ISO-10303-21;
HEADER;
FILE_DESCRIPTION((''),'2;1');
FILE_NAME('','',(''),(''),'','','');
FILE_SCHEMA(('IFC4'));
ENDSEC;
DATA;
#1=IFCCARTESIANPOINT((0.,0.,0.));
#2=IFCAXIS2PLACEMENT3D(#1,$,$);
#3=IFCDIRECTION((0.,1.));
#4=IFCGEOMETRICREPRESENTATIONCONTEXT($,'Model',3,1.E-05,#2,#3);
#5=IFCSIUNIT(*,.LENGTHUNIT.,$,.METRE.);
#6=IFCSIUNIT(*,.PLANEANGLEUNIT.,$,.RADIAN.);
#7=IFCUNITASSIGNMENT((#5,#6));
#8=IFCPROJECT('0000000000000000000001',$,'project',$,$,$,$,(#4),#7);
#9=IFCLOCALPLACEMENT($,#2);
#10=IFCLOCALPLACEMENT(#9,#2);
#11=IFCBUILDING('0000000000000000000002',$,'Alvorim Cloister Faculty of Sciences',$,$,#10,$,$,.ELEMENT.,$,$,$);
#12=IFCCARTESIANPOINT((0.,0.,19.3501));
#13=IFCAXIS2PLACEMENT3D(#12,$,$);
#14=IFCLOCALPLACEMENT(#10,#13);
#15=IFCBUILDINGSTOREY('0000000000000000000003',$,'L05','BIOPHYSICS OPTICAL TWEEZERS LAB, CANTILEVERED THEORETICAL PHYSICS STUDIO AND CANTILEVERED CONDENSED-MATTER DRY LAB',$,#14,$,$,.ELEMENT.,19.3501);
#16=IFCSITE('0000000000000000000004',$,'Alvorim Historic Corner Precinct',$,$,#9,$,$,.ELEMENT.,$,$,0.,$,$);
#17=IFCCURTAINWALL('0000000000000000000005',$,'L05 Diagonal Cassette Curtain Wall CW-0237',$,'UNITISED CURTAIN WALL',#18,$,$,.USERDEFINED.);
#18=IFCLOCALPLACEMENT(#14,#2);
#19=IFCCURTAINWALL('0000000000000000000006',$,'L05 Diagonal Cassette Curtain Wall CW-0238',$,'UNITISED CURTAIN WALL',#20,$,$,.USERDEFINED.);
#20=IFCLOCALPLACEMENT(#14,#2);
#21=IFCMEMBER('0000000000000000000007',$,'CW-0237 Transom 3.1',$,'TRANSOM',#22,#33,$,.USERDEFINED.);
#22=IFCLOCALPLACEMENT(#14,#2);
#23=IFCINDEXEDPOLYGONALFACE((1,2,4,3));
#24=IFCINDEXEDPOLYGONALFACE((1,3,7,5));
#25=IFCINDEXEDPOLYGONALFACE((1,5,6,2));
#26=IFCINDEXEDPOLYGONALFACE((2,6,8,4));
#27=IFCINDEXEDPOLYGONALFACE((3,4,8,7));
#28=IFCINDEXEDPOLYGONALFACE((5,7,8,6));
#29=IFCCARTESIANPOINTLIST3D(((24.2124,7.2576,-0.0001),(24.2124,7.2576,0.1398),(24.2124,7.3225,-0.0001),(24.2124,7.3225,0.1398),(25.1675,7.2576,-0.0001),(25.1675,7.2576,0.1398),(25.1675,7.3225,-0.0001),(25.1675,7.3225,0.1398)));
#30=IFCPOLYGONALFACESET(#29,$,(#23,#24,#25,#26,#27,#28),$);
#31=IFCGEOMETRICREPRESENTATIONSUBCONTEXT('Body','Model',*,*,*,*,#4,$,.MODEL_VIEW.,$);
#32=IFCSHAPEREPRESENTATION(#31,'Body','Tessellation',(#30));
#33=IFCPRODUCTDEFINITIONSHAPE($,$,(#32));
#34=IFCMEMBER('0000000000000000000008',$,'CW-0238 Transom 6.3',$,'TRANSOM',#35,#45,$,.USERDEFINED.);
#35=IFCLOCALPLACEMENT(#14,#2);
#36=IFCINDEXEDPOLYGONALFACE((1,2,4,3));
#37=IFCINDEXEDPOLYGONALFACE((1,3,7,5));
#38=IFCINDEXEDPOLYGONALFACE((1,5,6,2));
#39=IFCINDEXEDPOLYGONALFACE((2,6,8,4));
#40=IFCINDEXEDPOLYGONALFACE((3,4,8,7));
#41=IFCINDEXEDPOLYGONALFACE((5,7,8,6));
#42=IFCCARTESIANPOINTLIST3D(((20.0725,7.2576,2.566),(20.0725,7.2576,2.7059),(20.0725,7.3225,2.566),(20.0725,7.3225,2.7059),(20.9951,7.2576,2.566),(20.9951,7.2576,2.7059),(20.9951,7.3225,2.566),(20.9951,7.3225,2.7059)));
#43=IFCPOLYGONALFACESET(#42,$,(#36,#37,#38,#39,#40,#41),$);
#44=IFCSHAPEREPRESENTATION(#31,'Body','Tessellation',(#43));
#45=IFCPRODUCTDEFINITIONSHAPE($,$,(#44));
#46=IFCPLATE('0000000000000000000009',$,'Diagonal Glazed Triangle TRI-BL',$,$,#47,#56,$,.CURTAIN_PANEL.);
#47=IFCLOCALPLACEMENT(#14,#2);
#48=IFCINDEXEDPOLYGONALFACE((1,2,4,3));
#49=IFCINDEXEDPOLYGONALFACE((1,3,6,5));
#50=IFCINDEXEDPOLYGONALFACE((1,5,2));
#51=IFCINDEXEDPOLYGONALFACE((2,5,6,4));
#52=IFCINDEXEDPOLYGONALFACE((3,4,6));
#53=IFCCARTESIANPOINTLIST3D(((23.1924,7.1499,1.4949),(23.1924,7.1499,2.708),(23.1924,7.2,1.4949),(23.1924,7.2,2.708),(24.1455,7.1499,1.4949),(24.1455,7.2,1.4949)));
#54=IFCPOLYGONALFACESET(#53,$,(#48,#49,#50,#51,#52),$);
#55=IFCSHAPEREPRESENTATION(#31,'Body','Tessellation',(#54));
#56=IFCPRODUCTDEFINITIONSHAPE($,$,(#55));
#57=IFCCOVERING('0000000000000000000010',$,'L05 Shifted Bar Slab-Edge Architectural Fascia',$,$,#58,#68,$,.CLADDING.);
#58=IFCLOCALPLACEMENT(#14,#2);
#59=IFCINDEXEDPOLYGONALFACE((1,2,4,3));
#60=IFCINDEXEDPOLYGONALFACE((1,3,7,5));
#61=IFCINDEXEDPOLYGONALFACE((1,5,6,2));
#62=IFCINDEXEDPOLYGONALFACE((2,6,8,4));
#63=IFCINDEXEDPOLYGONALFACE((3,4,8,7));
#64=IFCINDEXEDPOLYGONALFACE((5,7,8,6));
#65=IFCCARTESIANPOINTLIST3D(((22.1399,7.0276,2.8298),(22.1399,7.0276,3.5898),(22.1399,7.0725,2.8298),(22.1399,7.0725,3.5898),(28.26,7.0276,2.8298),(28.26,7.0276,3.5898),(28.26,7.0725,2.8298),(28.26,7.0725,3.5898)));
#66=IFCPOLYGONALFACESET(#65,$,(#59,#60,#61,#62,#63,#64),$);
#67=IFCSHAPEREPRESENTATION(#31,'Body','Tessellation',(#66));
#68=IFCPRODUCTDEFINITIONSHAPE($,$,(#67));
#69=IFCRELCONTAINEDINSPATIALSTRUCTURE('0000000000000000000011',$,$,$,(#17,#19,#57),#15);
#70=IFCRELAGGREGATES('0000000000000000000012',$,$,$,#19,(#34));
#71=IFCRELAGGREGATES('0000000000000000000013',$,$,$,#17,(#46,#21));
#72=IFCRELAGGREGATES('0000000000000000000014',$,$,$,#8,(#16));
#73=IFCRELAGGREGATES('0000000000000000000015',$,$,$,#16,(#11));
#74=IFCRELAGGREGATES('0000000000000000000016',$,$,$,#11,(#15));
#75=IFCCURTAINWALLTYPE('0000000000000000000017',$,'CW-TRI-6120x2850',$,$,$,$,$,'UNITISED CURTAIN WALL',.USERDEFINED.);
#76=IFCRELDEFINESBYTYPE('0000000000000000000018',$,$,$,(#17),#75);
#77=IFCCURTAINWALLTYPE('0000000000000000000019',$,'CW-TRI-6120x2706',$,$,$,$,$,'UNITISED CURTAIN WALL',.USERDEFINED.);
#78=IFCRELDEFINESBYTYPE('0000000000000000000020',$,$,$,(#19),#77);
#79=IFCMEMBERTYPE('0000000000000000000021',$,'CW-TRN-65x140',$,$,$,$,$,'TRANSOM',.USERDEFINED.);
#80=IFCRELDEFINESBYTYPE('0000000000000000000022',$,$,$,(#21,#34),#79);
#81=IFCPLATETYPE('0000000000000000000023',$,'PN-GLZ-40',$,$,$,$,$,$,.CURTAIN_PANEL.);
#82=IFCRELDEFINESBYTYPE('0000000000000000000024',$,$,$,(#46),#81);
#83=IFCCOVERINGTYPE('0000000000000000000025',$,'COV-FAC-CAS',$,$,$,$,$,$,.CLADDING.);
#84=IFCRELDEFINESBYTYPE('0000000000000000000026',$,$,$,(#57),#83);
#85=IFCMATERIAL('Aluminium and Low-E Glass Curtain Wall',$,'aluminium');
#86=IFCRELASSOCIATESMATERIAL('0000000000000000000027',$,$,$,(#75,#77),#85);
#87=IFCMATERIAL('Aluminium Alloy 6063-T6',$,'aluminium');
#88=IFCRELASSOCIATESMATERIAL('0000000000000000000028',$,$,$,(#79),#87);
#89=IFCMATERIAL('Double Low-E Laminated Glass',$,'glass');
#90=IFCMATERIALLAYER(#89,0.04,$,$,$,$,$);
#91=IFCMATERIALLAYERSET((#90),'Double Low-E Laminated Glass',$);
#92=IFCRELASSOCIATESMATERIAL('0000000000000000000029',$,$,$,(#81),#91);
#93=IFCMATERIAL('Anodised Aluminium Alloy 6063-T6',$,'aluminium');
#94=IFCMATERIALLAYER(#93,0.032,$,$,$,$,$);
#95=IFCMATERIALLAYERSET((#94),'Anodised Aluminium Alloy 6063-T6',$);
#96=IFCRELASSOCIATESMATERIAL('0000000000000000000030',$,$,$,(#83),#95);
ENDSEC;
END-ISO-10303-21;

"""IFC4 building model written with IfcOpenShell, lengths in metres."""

from ifc_helpers import new_model, si_unit, direction, frame, origin, origin_2d, place, context, subcontext, project, spatial, polyline, rectangle, outline, extrude, material, layer, layer_set, material_profile, profile_set, type_object, element, aggregate, save


model = new_model("IFC4")

# Units and contexts
model_context = context("Model", 3, precision=1e-05, world=origin(), true_north=direction((0.0, 1.0)))
body_context = subcontext(model_context, "Body", "Model", "MODEL_VIEW")
ifc_project = project(units=[si_unit("LENGTHUNIT", "METRE"), si_unit("PLANEANGLEUNIT", "RADIAN")], contexts=[model_context])

# Site, building, storey
site_placement = place(None, origin())
site = spatial("IfcSite", under=ifc_project, at=site_placement, Name="Alvorim Historic Corner Precinct", CompositionType="ELEMENT", RefElevation=0.0)
building_placement = place(site_placement, origin())
building = spatial("IfcBuilding", under=site, at=building_placement, Name="Alvorim Cloister Faculty of Sciences", CompositionType="ELEMENT")
storey_placement = place(building_placement, frame((0.0, 0.0, 19.3501)))
storey = spatial("IfcBuildingStorey", under=building, at=storey_placement, Name="L05", Description="BIOPHYSICS OPTICAL TWEEZERS LAB, CANTILEVERED THEORETICAL PHYSICS STUDIO AND CANTILEVERED CONDENSED-MATTER DRY LAB", CompositionType="ELEMENT", Elevation=19.3501)

# Curtain wall
ifc_material_1 = material(Name="Aluminium and Low-E Glass Curtain Wall", Category="aluminium")
curtain_wall_type_1 = type_object("IfcCurtainWallType", Name="CW-TRI-6120x2850", ElementType="UNITISED CURTAIN WALL", PredefinedType="USERDEFINED", material=ifc_material_1)
curtain_wall_1_placement = place(storey_placement, origin())
curtain_wall_1 = element("IfcCurtainWall", 1, at=curtain_wall_1_placement, inside=storey, type_object=curtain_wall_type_1, Name="L05 Diagonal Cassette Curtain Wall CW-0237", ObjectType="UNITISED CURTAIN WALL", PredefinedType="USERDEFINED")
ifc_material_2 = material(Name="Aluminium Alloy 6063-T6", Category="aluminium")

# Curtain wall
curtain_wall_type_2 = type_object("IfcCurtainWallType", Name="CW-TRI-6120x2706", ElementType="UNITISED CURTAIN WALL", PredefinedType="USERDEFINED", material=ifc_material_1)
curtain_wall_2_placement = place(storey_placement, origin())
curtain_wall_2 = element("IfcCurtainWall", 2, at=curtain_wall_2_placement, inside=storey, type_object=curtain_wall_type_2, Name="L05 Diagonal Cassette Curtain Wall CW-0238", ObjectType="UNITISED CURTAIN WALL", PredefinedType="USERDEFINED")

# Members
ifc_material_profile_1 = material_profile(ifc_material_2, rectangle(XDim=0.0649, YDim=0.1399, at=origin_2d()), Name="ALU-TRN-65x140")
ifc_profile_set_1 = profile_set([ifc_material_profile_1], Name="Aluminium Alloy 6063-T6")
member_type_1 = type_object("IfcMemberType", Name="CW-TRN-65x140", ElementType="TRANSOM", PredefinedType="USERDEFINED", material=ifc_profile_set_1)
member_1_placement = place(storey_placement, frame((24.2124, 7.29, 0.0698), z_axis=(1.0, 0.0, 0.0), x_axis=(0.0, 1.0, 0.0)))
member_1 = element("IfcMember", 3, at=member_1_placement, type_object=member_type_1, Name="CW-0237 Transom 3.1", ObjectType="TRANSOM", PredefinedType="USERDEFINED", context=body_context, shape_type="SweptSolid", body=[
    extrude(rectangle(XDim=0.0649, YDim=0.1399, at=origin_2d()), origin(), (0.0, 0.0, 1.0), 0.9551),
])
member_2_placement = place(storey_placement, frame((20.0725, 7.29, 2.636), z_axis=(1.0, 0.0, 0.0), x_axis=(0.0, 1.0, 0.0)))
member_2 = element("IfcMember", 4, at=member_2_placement, type_object=member_type_1, Name="CW-0238 Transom 6.3", ObjectType="TRANSOM", PredefinedType="USERDEFINED", context=body_context, shape_type="SweptSolid", body=[
    extrude(rectangle(XDim=0.0649, YDim=0.1399, at=origin_2d()), origin(), (0.0, 0.0, 1.0), 0.9226),
])
aggregate(curtain_wall_2, [member_2])

# Plate
ifc_material_3 = material(Name="Double Low-E Laminated Glass", Category="glass")
ifc_layer_1 = layer(ifc_material_3, 0.04)
ifc_layer_set_1 = layer_set([ifc_layer_1], Name="Double Low-E Laminated Glass")
plate_type = type_object("IfcPlateType", Name="PN-GLZ-40", PredefinedType="CURTAIN_PANEL", material=ifc_layer_set_1)
plate_1_placement = place(storey_placement, frame((23.1924, 7.175, 1.4949), z_axis=(0.0, 0.0, 1.0), x_axis=(1.0, 0.0, 0.0)))
plate_1 = element("IfcPlate", 5, at=plate_1_placement, type_object=plate_type, Name="Diagonal Glazed Triangle TRI-BL", PredefinedType="CURTAIN_PANEL", context=body_context, shape_type="SweptSolid", body=[
    extrude(outline(polyline([(0.0, 0.0), (0.9531, 0.0), (0.0, 1.2131), (0.0, 0.0)])), frame((0.0, 0.0249, 0.0), z_axis=(0.0, -1.0, 0.0), x_axis=(1.0, 0.0, 0.0)), (0.0, 0.0, 1.0), 0.05),
])
aggregate(curtain_wall_1, [plate_1, member_1])

# Covering
ifc_material_4 = material(Name="Anodised Aluminium Alloy 6063-T6", Category="aluminium")
ifc_layer_2 = layer(ifc_material_4, 0.032)
ifc_layer_set_2 = layer_set([ifc_layer_2], Name="Anodised Aluminium Alloy 6063-T6")
covering_type = type_object("IfcCoveringType", Name="COV-FAC-CAS", PredefinedType="CLADDING", material=ifc_layer_set_2)
covering_placement = place(storey_placement, frame((22.1399, 7.05, 2.8298), z_axis=(0.0, 0.0, 1.0), x_axis=(1.0, 0.0, 0.0)))
element("IfcCovering", 6, at=covering_placement, inside=storey, type_object=covering_type, Name="L05 Shifted Bar Slab-Edge Architectural Fascia", PredefinedType="CLADDING", context=body_context, shape_type="SweptSolid", body=[
    extrude(outline(polyline([(0.0, 0.0), (6.1201, 0.0), (6.1201, 0.76), (0.0, 0.76), (0.0, 0.0)])), frame((0.0, 0.0225, 0.0), z_axis=(0.0, -1.0, 0.0), x_axis=(1.0, 0.0, 0.0)), (0.0, 0.0, 1.0), 0.0449),
])

save(model, "model.ifc")
